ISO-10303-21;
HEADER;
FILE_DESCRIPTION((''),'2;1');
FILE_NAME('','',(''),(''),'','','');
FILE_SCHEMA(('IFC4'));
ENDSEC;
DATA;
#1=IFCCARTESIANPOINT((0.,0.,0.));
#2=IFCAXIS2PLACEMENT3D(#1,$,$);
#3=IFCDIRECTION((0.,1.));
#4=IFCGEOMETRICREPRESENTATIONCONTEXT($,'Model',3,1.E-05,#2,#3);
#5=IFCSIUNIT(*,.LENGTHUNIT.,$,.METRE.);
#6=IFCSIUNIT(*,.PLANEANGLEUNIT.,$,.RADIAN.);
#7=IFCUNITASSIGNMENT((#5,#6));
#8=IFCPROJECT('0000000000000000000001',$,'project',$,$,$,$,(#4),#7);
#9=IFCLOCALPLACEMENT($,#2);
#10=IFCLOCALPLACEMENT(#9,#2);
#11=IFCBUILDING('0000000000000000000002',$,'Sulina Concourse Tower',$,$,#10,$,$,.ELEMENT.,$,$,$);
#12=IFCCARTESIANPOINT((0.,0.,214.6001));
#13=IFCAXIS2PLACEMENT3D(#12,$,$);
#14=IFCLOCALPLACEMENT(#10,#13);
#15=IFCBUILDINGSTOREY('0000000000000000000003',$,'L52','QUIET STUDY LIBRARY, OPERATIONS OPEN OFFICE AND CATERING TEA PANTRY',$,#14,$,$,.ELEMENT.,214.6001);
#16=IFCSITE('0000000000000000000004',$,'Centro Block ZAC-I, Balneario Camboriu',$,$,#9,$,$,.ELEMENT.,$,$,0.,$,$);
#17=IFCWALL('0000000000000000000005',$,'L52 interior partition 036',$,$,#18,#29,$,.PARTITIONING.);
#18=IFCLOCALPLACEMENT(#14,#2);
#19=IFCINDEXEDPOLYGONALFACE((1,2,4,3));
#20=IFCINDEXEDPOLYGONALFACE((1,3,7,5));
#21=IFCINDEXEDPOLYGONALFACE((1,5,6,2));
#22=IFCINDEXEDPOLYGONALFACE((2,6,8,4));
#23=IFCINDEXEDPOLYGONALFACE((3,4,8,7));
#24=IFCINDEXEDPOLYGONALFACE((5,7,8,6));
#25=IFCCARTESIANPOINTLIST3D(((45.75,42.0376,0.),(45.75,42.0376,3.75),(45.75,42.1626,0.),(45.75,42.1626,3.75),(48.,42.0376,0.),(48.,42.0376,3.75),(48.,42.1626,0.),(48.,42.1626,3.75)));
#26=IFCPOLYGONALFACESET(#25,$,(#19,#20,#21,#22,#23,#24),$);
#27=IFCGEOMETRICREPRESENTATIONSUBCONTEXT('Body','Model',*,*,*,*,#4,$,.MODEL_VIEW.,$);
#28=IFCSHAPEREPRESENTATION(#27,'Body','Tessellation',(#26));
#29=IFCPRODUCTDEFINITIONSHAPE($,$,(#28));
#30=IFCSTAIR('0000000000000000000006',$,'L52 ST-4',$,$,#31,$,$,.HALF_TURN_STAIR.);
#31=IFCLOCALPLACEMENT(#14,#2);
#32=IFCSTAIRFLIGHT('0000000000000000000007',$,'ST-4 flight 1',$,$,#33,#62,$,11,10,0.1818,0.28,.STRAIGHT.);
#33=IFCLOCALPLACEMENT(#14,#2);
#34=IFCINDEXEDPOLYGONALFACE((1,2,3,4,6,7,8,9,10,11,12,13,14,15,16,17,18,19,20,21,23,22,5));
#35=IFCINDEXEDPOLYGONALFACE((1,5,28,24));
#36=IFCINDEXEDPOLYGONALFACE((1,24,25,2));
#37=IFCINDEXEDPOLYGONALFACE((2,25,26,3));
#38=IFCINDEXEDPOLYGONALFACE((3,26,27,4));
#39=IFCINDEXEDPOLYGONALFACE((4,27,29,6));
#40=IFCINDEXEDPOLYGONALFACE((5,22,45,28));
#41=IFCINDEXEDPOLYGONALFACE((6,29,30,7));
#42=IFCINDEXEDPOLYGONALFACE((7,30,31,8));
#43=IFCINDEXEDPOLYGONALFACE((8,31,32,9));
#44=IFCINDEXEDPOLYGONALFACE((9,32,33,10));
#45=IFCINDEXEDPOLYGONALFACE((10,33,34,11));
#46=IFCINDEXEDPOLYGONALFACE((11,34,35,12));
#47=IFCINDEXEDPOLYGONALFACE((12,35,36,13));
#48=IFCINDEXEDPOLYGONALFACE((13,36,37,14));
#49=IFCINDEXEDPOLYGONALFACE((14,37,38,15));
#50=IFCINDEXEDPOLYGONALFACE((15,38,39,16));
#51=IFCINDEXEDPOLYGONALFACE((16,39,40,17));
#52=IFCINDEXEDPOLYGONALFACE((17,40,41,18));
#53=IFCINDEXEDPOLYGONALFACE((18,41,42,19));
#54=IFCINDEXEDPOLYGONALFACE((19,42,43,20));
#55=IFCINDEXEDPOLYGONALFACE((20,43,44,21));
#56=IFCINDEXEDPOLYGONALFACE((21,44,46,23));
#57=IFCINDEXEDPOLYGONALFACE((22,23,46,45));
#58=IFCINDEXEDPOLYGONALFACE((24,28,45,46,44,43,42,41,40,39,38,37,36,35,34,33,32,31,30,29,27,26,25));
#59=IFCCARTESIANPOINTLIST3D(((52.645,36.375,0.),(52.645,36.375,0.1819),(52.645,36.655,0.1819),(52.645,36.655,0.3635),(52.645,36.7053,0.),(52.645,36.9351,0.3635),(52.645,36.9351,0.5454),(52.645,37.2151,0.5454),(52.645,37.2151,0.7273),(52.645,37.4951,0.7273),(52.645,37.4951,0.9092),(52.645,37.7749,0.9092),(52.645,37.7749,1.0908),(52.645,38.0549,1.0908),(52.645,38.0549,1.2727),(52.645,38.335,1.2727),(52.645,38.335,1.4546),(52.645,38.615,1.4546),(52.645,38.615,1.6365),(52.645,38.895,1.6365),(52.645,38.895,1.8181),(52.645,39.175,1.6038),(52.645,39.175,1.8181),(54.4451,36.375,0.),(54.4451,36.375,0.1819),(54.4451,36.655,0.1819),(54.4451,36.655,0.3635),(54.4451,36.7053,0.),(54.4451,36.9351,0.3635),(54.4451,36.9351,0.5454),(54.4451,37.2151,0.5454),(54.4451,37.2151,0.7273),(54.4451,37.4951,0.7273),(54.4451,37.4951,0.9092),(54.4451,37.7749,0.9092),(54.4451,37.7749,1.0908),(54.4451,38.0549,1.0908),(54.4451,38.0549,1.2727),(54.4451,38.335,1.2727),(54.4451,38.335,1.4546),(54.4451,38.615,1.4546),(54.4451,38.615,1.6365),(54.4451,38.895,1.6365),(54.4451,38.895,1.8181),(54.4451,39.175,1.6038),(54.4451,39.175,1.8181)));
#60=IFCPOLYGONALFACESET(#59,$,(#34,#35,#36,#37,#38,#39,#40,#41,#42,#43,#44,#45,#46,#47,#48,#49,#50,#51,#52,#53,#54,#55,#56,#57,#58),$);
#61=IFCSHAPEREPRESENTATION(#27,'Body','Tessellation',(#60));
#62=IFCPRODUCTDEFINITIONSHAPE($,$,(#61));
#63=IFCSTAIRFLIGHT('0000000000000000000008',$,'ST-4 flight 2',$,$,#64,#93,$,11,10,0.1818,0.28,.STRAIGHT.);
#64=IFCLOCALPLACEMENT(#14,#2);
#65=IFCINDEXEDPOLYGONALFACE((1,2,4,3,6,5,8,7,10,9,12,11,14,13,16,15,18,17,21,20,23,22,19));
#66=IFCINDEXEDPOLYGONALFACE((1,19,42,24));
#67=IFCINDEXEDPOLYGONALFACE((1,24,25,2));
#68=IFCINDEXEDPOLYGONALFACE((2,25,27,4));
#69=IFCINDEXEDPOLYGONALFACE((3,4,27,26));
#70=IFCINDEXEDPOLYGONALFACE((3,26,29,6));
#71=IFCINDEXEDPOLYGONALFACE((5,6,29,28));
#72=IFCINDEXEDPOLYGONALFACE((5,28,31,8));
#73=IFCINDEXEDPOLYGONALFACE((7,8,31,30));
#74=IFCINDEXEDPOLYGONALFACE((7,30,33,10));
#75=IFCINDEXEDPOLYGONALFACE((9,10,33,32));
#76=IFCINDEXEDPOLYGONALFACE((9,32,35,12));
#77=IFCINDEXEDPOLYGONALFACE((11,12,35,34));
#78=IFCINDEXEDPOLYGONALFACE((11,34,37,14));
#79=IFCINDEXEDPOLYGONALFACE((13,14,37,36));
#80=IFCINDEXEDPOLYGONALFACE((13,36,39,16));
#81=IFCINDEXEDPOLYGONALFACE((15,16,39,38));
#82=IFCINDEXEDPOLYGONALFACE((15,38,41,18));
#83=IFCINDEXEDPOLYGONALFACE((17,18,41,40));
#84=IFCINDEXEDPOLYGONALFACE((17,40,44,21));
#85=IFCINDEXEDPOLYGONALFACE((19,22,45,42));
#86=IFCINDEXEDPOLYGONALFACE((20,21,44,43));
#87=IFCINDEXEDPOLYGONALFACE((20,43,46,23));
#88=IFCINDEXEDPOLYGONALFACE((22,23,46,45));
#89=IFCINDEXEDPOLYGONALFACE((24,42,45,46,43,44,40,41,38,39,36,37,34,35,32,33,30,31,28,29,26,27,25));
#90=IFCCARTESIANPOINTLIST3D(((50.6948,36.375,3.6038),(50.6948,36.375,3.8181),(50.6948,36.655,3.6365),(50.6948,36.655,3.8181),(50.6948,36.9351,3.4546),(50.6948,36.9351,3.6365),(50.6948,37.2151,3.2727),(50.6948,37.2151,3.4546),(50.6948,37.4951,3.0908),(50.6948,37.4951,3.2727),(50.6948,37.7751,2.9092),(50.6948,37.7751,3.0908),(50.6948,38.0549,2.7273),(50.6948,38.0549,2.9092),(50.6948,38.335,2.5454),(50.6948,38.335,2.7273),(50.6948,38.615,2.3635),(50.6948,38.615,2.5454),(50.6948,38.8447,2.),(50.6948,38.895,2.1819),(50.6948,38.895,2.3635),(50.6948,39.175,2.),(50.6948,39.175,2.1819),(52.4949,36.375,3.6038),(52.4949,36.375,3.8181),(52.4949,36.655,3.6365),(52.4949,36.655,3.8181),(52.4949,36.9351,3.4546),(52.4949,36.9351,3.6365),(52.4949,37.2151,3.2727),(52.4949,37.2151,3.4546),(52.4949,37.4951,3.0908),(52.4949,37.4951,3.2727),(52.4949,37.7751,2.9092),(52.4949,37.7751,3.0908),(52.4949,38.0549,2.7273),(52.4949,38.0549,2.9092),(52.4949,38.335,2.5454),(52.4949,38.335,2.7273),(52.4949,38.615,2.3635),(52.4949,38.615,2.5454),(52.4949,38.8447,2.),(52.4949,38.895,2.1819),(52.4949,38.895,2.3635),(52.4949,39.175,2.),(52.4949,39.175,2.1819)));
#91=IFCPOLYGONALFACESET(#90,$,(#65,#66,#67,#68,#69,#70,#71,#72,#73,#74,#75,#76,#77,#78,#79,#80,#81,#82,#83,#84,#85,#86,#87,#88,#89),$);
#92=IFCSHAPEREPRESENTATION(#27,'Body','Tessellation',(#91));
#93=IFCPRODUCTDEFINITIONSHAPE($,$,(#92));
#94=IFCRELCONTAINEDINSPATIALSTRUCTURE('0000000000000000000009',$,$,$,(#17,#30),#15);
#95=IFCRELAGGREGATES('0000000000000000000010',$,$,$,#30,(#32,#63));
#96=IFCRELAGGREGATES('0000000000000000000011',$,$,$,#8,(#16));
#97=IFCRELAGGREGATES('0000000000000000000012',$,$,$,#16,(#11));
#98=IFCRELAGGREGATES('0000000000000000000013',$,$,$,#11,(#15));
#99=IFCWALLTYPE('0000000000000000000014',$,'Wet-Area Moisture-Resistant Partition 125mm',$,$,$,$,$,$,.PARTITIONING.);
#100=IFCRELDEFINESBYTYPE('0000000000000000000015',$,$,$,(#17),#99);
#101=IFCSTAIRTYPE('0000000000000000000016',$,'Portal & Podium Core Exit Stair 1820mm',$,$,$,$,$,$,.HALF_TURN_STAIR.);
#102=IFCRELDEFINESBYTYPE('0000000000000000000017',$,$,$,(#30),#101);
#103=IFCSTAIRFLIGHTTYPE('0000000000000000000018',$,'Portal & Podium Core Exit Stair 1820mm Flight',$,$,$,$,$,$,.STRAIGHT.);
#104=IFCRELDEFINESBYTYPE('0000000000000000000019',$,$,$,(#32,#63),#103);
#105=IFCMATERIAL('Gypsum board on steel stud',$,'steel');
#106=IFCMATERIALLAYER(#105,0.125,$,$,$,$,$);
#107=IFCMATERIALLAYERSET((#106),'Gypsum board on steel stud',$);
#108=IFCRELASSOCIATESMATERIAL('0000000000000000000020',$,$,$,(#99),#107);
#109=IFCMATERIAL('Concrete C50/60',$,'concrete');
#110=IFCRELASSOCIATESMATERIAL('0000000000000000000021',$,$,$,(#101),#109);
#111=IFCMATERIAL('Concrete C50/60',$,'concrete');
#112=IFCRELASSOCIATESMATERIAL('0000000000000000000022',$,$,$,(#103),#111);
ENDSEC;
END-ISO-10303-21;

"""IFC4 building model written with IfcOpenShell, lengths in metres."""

from ifc_helpers import new_model, si_unit, direction, frame, frame_2d, origin, place, context, subcontext, project, spatial, polyline, rectangle, outline, extrude, material, layer, layer_set, type_object, element, aggregate, save


model = new_model("IFC4")

# Units and contexts
model_context = context("Model", 3, precision=1e-05, world=origin(), true_north=direction((0.0, 1.0)))
body_context = subcontext(model_context, "Body", "Model", "MODEL_VIEW")
ifc_project = project(units=[si_unit("LENGTHUNIT", "METRE"), si_unit("PLANEANGLEUNIT", "RADIAN")], contexts=[model_context])

# Site, building, storey
site_placement = place(None, origin())
site = spatial("IfcSite", under=ifc_project, at=site_placement, Name="Centro Block ZAC-I, Balneario Camboriu", CompositionType="ELEMENT", RefElevation=0.0)
building_placement = place(site_placement, origin())
building = spatial("IfcBuilding", under=site, at=building_placement, Name="Sulina Concourse Tower", CompositionType="ELEMENT")
storey_placement = place(building_placement, frame((0.0, 0.0, 214.6001)))
storey = spatial("IfcBuildingStorey", under=building, at=storey_placement, Name="L52", Description="QUIET STUDY LIBRARY, OPERATIONS OPEN OFFICE AND CATERING TEA PANTRY", CompositionType="ELEMENT", Elevation=214.6001)

# Wall
ifc_material_1 = material(Name="Gypsum board on steel stud", Category="steel")
ifc_layer_1 = layer(ifc_material_1, 0.125)
ifc_layer_set_1 = layer_set([ifc_layer_1], Name="Gypsum board on steel stud")
wall_type_1 = type_object("IfcWallType", Name="Wet-Area Moisture-Resistant Partition 125mm", PredefinedType="PARTITIONING", material=ifc_layer_set_1)
wall_1_placement = place(storey_placement, frame((45.75, 42.1001, 0.0), z_axis=(0.0, 0.0, 1.0), x_axis=(1.0, 0.0, 0.0)))
element("IfcWall", 1, at=wall_1_placement, inside=storey, type_object=wall_type_1, Name="L52 interior partition 036", PredefinedType="PARTITIONING", context=body_context, shape_type="SweptSolid", body=[
    extrude(rectangle(XDim=2.25, YDim=0.125, at=frame_2d((1.125, 0.0))), origin(), (0.0, 0.0, 1.0), 3.75),
])

# Stair, stair flights
ifc_material_2 = material(Name="Concrete C50/60", Category="concrete")
stair_type = type_object("IfcStairType", Name="Portal & Podium Core Exit Stair 1820mm", PredefinedType="HALF_TURN_STAIR", material=ifc_material_2)
stair_placement = place(storey_placement, origin())
stair = element("IfcStair", 2, at=stair_placement, inside=storey, type_object=stair_type, Name="L52 ST-4", PredefinedType="HALF_TURN_STAIR")
ifc_material_3 = material(Name="Concrete C50/60", Category="concrete")
stair_flight_type = type_object("IfcStairFlightType", Name="Portal & Podium Core Exit Stair 1820mm Flight", PredefinedType="STRAIGHT", material=ifc_material_3)
stair_flight_1_placement = place(storey_placement, frame((53.5449, 36.375, 0.0), z_axis=(0.0, 0.0, 1.0), x_axis=(0.0, 1.0, 0.0)))
stair_flight_1 = element("IfcStairFlight", 3, at=stair_flight_1_placement, type_object=stair_flight_type, Name="ST-4 flight 1", NumberOfRisers=11, NumberOfTreads=10, PredefinedType="STRAIGHT", RiserHeight=0.1818, TreadLength=0.28, context=body_context, shape_type="SweptSolid", body=[
    extrude(outline(polyline([(0.0, 0.0), (0.0, 0.1819), (0.28, 0.1819), (0.28, 0.3635), (0.5601, 0.3635), (0.5601, 0.5454), (0.8401, 0.5454), (0.8401, 0.7273), (1.1201, 0.7273), (1.1201, 0.9092), (1.3999, 0.9092), (1.3999, 1.0908), (1.6799, 1.0908), (1.6799, 1.2727), (1.96, 1.2727), (1.96, 1.4546), (2.24, 1.4546), (2.24, 1.6365), (2.52, 1.6365), (2.52, 1.8181), (2.8, 1.8181), (2.8, 2.0), (2.8, 1.6038), (0.3303, 0.0), (0.0, 0.0)])), frame((0.0, 0.8999, 0.0), z_axis=(0.0, -1.0, 0.0), x_axis=(1.0, 0.0, 0.0)), (0.0, 0.0, 1.0), 1.8),
])
stair_flight_2_placement = place(storey_placement, frame((51.595, 39.175, 2.0), z_axis=(0.0, 0.0, 1.0), x_axis=(0.0, -1.0, 0.0)))
stair_flight_2 = element("IfcStairFlight", 4, at=stair_flight_2_placement, type_object=stair_flight_type, Name="ST-4 flight 2", NumberOfRisers=11, NumberOfTreads=10, PredefinedType="STRAIGHT", RiserHeight=0.1818, TreadLength=0.28, context=body_context, shape_type="SweptSolid", body=[
    extrude(outline(polyline([(0.0, 0.0), (0.0, 0.1819), (0.28, 0.1819), (0.28, 0.3635), (0.5601, 0.3635), (0.5601, 0.5454), (0.8401, 0.5454), (0.8401, 0.7273), (1.1201, 0.7273), (1.1201, 0.9092), (1.3999, 0.9092), (1.3999, 1.0908), (1.6799, 1.0908), (1.6799, 1.2727), (1.96, 1.2727), (1.96, 1.4546), (2.24, 1.4546), (2.24, 1.6365), (2.52, 1.6365), (2.52, 1.8181), (2.8, 1.8181), (2.8, 2.0), (2.8, 1.6038), (0.3303, 0.0), (0.0, 0.0)])), frame((0.0, 0.8999, 0.0), z_axis=(0.0, -1.0, 0.0), x_axis=(1.0, 0.0, 0.0)), (0.0, 0.0, 1.0), 1.8),
])
aggregate(stair, [stair_flight_1, stair_flight_2])

save(model, "model.ifc")
